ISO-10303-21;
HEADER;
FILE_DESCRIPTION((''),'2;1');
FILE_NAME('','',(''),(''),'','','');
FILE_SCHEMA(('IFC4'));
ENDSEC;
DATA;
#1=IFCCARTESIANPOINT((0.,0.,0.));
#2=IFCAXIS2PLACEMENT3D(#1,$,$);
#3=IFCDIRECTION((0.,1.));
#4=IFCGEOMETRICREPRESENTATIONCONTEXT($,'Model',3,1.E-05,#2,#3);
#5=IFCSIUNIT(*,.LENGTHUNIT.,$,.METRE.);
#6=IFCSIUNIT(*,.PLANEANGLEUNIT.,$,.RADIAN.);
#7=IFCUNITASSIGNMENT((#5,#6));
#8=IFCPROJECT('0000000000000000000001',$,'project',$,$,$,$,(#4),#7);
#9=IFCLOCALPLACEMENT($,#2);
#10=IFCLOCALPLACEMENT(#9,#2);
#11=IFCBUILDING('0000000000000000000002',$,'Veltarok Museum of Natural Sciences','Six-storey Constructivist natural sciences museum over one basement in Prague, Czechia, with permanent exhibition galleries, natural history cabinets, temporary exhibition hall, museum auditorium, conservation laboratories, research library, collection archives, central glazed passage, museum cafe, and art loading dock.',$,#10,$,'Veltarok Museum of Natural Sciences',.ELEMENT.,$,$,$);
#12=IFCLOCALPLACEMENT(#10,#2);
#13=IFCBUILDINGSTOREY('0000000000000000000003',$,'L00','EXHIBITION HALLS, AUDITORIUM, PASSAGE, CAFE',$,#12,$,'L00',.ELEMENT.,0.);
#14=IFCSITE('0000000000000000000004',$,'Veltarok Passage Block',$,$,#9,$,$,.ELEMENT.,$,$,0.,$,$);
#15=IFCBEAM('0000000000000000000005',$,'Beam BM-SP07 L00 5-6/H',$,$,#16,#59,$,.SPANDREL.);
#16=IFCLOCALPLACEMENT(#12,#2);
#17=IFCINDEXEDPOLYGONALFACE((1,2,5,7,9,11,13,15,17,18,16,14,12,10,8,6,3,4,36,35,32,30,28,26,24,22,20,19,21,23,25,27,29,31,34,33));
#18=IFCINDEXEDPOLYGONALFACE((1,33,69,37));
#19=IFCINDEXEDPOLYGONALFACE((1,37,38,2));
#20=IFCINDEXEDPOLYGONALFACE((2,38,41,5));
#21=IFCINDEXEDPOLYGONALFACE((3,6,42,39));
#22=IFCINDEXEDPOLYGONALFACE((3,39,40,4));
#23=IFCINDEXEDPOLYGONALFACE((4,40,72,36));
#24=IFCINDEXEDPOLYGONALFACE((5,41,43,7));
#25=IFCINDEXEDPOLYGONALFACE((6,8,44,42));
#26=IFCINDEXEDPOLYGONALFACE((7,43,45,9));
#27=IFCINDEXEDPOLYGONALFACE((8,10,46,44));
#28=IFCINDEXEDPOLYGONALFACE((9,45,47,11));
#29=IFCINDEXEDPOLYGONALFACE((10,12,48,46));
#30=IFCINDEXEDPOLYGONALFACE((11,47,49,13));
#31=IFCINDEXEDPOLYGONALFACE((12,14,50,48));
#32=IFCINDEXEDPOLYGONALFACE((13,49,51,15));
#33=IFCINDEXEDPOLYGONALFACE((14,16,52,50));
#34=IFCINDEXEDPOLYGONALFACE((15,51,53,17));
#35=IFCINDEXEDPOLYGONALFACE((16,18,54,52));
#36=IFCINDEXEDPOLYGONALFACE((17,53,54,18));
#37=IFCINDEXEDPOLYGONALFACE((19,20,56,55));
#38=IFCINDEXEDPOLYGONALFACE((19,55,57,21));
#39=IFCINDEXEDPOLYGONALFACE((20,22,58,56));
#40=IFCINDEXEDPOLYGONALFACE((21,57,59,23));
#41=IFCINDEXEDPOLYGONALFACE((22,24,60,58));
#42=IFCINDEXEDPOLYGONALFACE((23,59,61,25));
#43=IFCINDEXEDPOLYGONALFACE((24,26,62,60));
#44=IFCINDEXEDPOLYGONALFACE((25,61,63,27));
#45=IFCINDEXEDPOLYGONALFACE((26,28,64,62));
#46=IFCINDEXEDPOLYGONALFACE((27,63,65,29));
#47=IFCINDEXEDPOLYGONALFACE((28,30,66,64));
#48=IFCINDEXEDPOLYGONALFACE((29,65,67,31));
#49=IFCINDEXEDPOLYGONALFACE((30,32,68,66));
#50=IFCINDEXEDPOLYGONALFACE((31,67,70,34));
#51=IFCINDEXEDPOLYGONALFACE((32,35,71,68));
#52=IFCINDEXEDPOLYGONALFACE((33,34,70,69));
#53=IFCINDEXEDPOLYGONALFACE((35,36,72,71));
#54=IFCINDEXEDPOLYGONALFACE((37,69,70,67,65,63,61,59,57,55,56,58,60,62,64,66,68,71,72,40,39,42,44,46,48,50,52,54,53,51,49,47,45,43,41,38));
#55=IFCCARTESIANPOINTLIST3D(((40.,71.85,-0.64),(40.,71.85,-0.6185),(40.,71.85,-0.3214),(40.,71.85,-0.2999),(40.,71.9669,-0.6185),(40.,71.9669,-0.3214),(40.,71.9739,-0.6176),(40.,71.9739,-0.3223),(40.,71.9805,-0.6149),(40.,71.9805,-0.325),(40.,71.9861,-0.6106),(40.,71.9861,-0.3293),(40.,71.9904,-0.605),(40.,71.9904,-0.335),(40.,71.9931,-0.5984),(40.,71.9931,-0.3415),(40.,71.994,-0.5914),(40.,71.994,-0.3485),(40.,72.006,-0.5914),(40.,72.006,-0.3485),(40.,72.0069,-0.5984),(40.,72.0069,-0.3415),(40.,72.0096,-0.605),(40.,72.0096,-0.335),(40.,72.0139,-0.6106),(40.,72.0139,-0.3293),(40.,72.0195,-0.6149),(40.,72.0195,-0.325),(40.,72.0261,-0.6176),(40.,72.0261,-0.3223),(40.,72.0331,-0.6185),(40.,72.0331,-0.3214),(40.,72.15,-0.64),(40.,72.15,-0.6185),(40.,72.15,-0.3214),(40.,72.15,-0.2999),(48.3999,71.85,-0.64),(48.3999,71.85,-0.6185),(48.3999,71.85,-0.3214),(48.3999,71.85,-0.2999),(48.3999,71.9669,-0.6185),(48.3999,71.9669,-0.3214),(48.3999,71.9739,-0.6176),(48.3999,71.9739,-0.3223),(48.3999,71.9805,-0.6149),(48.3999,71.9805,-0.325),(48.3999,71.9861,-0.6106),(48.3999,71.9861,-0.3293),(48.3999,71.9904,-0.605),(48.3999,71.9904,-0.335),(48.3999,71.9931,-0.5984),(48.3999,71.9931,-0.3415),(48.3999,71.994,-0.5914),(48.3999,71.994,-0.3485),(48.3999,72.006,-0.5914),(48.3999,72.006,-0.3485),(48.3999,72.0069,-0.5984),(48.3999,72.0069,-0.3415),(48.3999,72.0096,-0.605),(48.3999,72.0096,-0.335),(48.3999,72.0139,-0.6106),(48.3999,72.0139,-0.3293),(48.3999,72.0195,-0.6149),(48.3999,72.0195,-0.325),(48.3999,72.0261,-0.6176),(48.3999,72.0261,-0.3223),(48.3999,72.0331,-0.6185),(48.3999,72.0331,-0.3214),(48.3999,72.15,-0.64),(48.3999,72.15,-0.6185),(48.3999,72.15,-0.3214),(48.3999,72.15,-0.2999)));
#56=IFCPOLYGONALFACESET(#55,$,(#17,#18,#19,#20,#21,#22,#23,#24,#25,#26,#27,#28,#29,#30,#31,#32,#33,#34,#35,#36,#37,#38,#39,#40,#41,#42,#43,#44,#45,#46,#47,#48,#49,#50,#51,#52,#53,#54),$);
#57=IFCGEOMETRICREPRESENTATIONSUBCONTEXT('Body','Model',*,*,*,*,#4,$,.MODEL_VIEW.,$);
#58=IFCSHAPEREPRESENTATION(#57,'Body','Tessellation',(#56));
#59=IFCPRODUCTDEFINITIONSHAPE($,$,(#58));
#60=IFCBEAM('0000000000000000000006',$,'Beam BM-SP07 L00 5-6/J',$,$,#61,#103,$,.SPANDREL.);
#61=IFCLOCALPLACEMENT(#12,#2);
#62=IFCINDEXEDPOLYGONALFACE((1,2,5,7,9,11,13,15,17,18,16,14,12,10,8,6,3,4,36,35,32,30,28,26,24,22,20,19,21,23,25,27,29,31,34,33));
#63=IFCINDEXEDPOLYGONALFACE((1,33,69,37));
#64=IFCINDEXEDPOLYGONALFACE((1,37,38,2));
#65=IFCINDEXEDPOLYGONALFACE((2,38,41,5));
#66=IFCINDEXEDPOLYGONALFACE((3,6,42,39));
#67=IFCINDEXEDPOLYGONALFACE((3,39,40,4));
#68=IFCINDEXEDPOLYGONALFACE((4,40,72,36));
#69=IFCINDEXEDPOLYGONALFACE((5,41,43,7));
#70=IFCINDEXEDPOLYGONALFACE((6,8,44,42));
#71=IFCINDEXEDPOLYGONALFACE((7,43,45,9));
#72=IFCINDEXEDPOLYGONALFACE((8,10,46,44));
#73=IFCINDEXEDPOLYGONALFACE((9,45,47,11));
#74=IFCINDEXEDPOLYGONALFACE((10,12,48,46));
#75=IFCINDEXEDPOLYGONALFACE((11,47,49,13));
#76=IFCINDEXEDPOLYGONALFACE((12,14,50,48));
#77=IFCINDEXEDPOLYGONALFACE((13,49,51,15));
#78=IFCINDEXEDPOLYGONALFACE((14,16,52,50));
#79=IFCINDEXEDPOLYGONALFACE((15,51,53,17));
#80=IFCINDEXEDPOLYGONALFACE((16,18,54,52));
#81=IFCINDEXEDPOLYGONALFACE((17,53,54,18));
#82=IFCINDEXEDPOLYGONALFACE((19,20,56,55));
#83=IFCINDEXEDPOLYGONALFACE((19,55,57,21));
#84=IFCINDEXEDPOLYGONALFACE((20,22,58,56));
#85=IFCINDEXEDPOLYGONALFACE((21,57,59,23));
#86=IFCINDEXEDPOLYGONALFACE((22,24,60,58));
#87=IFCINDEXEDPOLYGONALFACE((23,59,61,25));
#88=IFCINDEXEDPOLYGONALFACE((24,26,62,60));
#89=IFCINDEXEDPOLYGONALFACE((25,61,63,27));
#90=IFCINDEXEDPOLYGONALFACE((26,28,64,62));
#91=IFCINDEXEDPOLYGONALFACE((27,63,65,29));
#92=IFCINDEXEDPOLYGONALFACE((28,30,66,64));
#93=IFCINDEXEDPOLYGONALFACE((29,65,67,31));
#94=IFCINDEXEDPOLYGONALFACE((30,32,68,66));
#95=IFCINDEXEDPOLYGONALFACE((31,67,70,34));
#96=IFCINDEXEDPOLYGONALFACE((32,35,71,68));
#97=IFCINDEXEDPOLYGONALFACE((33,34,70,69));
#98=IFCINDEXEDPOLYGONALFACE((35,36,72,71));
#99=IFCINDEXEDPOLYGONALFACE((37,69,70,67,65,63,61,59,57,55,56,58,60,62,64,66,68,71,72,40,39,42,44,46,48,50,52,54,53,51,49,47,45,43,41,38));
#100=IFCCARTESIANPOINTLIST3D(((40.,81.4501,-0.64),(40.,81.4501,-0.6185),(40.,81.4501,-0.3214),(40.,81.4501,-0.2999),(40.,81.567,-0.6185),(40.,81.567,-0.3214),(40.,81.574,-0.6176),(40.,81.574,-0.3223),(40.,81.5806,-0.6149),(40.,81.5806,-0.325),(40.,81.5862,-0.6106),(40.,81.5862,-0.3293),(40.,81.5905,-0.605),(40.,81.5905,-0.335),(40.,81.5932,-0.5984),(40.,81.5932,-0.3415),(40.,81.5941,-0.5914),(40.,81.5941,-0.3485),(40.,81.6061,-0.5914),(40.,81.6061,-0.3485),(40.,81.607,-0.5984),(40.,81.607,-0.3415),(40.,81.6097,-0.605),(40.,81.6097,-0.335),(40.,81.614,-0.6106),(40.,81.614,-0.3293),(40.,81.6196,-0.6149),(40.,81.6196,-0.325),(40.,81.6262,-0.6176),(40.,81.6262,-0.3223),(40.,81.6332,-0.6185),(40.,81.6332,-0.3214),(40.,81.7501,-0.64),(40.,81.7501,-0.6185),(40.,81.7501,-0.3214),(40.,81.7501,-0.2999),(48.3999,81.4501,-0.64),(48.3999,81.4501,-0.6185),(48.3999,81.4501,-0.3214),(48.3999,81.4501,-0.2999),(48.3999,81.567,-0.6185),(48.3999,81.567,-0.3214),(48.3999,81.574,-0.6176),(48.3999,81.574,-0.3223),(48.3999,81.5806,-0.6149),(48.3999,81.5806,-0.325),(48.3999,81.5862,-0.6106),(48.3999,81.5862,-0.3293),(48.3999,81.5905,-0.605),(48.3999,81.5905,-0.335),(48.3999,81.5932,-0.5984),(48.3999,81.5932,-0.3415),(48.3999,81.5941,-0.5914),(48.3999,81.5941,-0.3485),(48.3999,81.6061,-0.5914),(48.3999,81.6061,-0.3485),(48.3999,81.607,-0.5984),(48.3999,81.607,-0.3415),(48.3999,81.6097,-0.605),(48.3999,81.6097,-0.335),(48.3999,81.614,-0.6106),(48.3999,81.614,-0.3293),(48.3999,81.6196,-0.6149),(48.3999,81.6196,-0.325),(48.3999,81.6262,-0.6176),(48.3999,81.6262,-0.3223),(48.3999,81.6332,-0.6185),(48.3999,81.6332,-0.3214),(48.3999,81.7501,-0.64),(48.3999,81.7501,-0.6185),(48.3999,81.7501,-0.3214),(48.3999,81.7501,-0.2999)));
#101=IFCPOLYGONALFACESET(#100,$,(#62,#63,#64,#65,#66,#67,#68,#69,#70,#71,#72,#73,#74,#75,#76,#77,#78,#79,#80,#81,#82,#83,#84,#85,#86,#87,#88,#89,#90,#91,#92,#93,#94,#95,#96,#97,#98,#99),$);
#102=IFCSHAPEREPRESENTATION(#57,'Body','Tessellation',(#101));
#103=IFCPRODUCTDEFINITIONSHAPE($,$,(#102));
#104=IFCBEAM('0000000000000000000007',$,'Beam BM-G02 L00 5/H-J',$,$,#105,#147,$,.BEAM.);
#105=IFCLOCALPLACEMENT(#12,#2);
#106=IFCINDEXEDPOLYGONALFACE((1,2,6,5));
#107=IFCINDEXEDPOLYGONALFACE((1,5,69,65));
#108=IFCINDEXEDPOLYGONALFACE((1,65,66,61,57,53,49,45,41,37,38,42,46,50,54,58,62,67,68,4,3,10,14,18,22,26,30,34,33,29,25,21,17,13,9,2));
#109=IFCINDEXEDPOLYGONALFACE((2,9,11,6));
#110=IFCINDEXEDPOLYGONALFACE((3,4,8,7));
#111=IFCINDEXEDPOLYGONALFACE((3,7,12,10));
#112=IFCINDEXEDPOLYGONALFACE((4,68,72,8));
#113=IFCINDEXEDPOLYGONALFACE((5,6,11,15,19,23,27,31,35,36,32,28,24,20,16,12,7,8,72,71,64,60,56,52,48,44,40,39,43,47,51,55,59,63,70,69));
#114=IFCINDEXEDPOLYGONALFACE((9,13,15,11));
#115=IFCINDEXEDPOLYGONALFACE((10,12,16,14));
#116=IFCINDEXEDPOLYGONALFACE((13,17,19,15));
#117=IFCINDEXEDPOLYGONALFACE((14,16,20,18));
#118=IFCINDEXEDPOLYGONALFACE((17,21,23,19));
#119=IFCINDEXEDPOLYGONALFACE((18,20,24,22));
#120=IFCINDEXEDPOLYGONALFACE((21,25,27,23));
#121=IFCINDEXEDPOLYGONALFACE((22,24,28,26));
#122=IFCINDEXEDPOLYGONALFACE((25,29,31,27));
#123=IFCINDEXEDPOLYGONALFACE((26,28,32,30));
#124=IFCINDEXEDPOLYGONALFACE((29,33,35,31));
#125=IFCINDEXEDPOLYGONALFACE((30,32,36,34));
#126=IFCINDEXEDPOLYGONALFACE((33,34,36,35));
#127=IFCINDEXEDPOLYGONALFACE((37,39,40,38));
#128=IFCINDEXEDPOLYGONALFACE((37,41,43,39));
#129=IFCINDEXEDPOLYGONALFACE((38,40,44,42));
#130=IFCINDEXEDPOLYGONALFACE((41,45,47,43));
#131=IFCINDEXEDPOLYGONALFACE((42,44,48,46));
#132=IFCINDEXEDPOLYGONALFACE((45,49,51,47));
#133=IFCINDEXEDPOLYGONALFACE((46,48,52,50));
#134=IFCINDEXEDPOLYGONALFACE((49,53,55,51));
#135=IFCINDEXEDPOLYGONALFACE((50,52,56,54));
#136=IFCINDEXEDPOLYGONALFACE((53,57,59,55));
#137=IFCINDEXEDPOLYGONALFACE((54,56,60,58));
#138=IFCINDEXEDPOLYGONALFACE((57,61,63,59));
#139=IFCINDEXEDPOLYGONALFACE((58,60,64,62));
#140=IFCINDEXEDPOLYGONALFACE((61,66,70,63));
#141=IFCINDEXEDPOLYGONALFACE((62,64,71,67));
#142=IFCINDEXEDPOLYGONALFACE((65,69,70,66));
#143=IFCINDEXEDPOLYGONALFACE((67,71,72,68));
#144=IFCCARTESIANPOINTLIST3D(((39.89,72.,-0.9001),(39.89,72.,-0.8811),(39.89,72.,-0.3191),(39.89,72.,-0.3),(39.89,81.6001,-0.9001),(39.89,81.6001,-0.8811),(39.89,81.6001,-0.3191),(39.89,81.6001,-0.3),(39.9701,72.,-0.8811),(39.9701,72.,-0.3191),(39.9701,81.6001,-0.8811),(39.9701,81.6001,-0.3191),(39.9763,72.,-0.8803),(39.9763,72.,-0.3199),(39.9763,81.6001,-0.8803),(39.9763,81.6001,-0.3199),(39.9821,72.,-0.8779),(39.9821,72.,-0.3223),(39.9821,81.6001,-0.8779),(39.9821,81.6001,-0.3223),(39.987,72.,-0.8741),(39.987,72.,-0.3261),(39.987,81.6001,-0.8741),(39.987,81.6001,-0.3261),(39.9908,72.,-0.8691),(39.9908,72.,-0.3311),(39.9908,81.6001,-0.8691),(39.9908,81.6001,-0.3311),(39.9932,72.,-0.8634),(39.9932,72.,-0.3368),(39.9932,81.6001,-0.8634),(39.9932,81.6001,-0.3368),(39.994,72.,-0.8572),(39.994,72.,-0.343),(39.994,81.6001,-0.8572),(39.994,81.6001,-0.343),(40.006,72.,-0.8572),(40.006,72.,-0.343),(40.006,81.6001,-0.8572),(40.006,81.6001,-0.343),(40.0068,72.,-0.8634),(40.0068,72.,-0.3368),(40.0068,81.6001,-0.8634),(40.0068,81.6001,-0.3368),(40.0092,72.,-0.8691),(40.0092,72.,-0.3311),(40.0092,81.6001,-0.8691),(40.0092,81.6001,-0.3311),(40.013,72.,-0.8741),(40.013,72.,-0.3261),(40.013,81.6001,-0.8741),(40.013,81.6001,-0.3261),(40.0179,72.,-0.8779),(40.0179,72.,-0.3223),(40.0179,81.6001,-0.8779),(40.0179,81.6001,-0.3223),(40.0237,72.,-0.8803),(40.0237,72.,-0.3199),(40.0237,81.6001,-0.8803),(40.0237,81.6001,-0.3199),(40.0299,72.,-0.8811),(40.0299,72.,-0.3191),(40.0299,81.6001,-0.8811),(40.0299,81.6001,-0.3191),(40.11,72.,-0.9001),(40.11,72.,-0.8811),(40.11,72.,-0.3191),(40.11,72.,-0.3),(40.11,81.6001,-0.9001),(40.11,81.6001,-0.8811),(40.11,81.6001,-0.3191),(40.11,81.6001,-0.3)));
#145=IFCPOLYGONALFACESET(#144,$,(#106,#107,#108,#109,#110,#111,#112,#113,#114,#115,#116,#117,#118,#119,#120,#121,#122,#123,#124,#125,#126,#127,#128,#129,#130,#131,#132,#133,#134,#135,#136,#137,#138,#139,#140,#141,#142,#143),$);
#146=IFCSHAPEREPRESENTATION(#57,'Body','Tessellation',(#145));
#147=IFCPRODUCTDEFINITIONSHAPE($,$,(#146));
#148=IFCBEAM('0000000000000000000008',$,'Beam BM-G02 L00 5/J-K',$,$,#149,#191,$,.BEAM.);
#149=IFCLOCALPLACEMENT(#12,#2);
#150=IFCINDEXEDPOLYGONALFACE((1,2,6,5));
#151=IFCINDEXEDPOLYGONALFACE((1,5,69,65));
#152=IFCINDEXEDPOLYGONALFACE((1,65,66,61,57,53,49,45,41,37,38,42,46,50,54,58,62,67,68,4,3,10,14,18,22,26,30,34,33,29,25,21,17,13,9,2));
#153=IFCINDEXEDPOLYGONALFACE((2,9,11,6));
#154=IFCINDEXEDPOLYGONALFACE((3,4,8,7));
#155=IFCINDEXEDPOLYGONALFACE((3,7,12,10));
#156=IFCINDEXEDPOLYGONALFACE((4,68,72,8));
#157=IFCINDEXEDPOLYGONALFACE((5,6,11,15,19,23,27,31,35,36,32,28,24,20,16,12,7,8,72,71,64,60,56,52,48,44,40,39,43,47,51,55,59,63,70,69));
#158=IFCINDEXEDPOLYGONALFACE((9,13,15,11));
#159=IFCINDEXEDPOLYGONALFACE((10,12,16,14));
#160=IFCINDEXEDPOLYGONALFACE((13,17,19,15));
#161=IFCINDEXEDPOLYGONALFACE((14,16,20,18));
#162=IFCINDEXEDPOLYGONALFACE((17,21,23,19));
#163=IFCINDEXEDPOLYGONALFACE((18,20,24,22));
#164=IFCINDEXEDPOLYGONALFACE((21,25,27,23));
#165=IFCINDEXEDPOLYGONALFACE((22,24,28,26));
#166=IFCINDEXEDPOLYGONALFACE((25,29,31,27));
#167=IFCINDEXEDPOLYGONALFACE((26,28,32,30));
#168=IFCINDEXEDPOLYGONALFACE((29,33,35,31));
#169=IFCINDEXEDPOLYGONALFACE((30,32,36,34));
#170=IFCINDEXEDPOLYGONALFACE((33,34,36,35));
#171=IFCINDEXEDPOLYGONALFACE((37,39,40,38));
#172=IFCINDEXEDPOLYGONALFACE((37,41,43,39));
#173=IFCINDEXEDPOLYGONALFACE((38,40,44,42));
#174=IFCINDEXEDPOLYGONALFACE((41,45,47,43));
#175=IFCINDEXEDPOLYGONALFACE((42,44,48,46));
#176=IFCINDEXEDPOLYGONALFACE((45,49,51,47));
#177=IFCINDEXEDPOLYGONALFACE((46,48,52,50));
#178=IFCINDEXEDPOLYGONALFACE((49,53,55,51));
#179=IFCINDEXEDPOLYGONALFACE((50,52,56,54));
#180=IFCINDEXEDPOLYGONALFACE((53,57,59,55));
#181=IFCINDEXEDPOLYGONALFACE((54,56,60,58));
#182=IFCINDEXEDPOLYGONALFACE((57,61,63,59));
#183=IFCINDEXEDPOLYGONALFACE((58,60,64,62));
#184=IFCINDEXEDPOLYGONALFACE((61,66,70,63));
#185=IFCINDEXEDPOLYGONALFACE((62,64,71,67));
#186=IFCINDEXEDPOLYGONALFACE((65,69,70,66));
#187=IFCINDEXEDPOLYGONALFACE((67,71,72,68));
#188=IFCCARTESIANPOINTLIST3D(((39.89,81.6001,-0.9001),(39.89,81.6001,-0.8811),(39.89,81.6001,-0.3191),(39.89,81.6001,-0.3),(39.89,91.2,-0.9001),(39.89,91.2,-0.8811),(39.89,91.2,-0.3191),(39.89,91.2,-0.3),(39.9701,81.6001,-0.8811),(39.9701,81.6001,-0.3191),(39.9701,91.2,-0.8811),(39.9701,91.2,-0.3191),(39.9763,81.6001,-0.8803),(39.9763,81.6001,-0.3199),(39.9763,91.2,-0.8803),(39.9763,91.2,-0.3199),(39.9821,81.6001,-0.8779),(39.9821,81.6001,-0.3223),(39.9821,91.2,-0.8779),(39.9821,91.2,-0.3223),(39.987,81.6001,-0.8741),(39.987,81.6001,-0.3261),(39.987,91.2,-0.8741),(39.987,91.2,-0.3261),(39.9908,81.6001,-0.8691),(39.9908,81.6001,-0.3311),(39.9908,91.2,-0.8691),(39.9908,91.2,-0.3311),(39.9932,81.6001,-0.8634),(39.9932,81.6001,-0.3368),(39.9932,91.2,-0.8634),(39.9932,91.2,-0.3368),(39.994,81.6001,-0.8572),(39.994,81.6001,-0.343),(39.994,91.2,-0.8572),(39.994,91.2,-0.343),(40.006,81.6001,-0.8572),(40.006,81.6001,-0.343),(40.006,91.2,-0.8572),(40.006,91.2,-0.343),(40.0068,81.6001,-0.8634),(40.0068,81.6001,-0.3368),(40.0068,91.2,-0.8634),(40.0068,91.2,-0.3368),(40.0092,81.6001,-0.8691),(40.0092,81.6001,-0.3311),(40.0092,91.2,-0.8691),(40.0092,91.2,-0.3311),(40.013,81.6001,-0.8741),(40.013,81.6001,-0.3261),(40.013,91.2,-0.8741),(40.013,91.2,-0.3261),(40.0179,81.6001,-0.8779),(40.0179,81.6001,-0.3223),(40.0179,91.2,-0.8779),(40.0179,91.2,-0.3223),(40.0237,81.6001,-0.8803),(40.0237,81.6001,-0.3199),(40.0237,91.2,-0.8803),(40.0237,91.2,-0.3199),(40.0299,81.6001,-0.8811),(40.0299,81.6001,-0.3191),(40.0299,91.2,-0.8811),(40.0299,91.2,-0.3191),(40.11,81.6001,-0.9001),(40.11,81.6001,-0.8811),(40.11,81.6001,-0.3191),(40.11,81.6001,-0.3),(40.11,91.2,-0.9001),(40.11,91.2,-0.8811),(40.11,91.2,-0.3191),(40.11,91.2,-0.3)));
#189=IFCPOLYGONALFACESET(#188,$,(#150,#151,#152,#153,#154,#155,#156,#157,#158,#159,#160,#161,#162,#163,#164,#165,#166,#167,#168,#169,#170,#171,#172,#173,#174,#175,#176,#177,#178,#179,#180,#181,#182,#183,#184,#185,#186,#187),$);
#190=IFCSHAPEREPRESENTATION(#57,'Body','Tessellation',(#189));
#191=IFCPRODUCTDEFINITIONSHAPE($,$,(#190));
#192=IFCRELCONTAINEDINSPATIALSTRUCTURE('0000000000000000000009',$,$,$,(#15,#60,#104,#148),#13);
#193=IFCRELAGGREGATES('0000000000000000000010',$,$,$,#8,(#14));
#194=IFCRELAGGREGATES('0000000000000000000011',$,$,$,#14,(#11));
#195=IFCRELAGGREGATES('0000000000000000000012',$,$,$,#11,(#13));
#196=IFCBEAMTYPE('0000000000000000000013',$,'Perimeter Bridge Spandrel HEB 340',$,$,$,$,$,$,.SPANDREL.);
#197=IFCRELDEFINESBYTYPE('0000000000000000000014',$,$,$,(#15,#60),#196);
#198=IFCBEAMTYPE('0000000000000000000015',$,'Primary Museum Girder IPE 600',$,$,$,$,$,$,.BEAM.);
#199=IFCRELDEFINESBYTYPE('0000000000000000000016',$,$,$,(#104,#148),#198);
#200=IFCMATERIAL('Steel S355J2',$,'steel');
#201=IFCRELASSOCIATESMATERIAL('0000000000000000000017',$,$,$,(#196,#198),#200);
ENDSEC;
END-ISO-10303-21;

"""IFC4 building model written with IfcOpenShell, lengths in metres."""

from ifc_helpers import new_model, si_unit, direction, frame, origin, origin_2d, place, context, subcontext, project, spatial, i_section, extrude, material, material_profile, profile_set, type_object, element, save


model = new_model("IFC4")

# Units and contexts
model_context = context("Model", 3, precision=1e-05, world=origin(), true_north=direction((0.0, 1.0)))
body_context = subcontext(model_context, "Body", "Model", "MODEL_VIEW")
ifc_project = project(units=[si_unit("LENGTHUNIT", "METRE"), si_unit("PLANEANGLEUNIT", "RADIAN")], contexts=[model_context])

# Site, building, storey
site_placement = place(None, origin())
site = spatial("IfcSite", under=ifc_project, at=site_placement, Name="Veltarok Passage Block", CompositionType="ELEMENT", RefElevation=0.0)
building_placement = place(site_placement, origin())
building = spatial("IfcBuilding", under=site, at=building_placement, Name="Veltarok Museum of Natural Sciences", Description="Six-storey Constructivist natural sciences museum over one basement in Prague, Czechia, with permanent exhibition galleries, natural history cabinets, temporary exhibition hall, museum auditorium, conservation laboratories, research library, collection archives, central glazed passage, museum cafe, and art loading dock.", LongName="Veltarok Museum of Natural Sciences", CompositionType="ELEMENT")
storey_placement = place(building_placement, origin())
storey = spatial("IfcBuildingStorey", under=building, at=storey_placement, Name="L00", Description="EXHIBITION HALLS, AUDITORIUM, PASSAGE, CAFE", LongName="L00", CompositionType="ELEMENT", Elevation=0.0)

# Shared definitions
ifc_material_1 = material(Name="Steel S355J2", Category="steel")

# Beams
ifc_material_profile_1 = material_profile(ifc_material_1, i_section(OverallWidth=0.3, OverallDepth=0.3401, WebThickness=0.012, FlangeThickness=0.0215, FilletRadius=0.0271, at=origin_2d()), Name="HEB 340")
ifc_profile_set_1 = profile_set([ifc_material_profile_1], Name="Steel S355J2")
beam_type_1 = type_object("IfcBeamType", Name="Perimeter Bridge Spandrel HEB 340", PredefinedType="SPANDREL", material=ifc_profile_set_1)
for number, where, z_axis, x_axis, name in (
    (1, (40.0, 72.0, -0.47), (1.0, 0.0, 0.0), (0.0, 1.0, 0.0), "Beam BM-SP07 L00 5-6/H"),
    (2, (40.0, 81.6001, -0.47), (1.0, 0.0, 0.0), (0.0, 1.0, 0.0), "Beam BM-SP07 L00 5-6/J"),
):
    element("IfcBeam", number, at=place(storey_placement, frame(where, z_axis=z_axis, x_axis=x_axis)), inside=storey, type_object=beam_type_1, Name=name, PredefinedType="SPANDREL", context=body_context, shape_type="SweptSolid", body=[
        extrude(i_section(OverallWidth=0.3, OverallDepth=0.3401, WebThickness=0.012, FlangeThickness=0.0215, FilletRadius=0.0271, at=origin_2d()), origin(), (0.0, 0.0, 1.0), 8.3999),
    ])
ifc_material_profile_2 = material_profile(ifc_material_1, i_section(OverallWidth=0.22, OverallDepth=0.6001, WebThickness=0.012, FlangeThickness=0.019, FilletRadius=0.0239, at=origin_2d()), Name="IPE 600")
ifc_profile_set_2 = profile_set([ifc_material_profile_2], Name="Steel S355J2")
beam_type_2 = type_object("IfcBeamType", Name="Primary Museum Girder IPE 600", PredefinedType="BEAM", material=ifc_profile_set_2)
beam_1_placement = place(storey_placement, frame((40.0, 72.0, -0.6001), z_axis=(0.0, 1.0, 0.0), x_axis=(-1.0, 0.0, 0.0)))
element("IfcBeam", 3, at=beam_1_placement, inside=storey, type_object=beam_type_2, Name="Beam BM-G02 L00 5/H-J", PredefinedType="BEAM", context=body_context, shape_type="SweptSolid", body=[
    extrude(i_section(OverallWidth=0.22, OverallDepth=0.6001, WebThickness=0.012, FlangeThickness=0.019, FilletRadius=0.0239, at=origin_2d()), origin(), (0.0, 0.0, 1.0), 9.6001),
])
beam_2_placement = place(storey_placement, frame((40.0, 81.6001, -0.6001), z_axis=(0.0, 1.0, 0.0), x_axis=(-1.0, 0.0, 0.0)))
element("IfcBeam", 4, at=beam_2_placement, inside=storey, type_object=beam_type_2, Name="Beam BM-G02 L00 5/J-K", PredefinedType="BEAM", context=body_context, shape_type="SweptSolid", body=[
    extrude(i_section(OverallWidth=0.22, OverallDepth=0.6001, WebThickness=0.012, FlangeThickness=0.019, FilletRadius=0.0239, at=origin_2d()), origin(), (0.0, 0.0, 1.0), 9.5999),
])

save(model, "model.ifc")
